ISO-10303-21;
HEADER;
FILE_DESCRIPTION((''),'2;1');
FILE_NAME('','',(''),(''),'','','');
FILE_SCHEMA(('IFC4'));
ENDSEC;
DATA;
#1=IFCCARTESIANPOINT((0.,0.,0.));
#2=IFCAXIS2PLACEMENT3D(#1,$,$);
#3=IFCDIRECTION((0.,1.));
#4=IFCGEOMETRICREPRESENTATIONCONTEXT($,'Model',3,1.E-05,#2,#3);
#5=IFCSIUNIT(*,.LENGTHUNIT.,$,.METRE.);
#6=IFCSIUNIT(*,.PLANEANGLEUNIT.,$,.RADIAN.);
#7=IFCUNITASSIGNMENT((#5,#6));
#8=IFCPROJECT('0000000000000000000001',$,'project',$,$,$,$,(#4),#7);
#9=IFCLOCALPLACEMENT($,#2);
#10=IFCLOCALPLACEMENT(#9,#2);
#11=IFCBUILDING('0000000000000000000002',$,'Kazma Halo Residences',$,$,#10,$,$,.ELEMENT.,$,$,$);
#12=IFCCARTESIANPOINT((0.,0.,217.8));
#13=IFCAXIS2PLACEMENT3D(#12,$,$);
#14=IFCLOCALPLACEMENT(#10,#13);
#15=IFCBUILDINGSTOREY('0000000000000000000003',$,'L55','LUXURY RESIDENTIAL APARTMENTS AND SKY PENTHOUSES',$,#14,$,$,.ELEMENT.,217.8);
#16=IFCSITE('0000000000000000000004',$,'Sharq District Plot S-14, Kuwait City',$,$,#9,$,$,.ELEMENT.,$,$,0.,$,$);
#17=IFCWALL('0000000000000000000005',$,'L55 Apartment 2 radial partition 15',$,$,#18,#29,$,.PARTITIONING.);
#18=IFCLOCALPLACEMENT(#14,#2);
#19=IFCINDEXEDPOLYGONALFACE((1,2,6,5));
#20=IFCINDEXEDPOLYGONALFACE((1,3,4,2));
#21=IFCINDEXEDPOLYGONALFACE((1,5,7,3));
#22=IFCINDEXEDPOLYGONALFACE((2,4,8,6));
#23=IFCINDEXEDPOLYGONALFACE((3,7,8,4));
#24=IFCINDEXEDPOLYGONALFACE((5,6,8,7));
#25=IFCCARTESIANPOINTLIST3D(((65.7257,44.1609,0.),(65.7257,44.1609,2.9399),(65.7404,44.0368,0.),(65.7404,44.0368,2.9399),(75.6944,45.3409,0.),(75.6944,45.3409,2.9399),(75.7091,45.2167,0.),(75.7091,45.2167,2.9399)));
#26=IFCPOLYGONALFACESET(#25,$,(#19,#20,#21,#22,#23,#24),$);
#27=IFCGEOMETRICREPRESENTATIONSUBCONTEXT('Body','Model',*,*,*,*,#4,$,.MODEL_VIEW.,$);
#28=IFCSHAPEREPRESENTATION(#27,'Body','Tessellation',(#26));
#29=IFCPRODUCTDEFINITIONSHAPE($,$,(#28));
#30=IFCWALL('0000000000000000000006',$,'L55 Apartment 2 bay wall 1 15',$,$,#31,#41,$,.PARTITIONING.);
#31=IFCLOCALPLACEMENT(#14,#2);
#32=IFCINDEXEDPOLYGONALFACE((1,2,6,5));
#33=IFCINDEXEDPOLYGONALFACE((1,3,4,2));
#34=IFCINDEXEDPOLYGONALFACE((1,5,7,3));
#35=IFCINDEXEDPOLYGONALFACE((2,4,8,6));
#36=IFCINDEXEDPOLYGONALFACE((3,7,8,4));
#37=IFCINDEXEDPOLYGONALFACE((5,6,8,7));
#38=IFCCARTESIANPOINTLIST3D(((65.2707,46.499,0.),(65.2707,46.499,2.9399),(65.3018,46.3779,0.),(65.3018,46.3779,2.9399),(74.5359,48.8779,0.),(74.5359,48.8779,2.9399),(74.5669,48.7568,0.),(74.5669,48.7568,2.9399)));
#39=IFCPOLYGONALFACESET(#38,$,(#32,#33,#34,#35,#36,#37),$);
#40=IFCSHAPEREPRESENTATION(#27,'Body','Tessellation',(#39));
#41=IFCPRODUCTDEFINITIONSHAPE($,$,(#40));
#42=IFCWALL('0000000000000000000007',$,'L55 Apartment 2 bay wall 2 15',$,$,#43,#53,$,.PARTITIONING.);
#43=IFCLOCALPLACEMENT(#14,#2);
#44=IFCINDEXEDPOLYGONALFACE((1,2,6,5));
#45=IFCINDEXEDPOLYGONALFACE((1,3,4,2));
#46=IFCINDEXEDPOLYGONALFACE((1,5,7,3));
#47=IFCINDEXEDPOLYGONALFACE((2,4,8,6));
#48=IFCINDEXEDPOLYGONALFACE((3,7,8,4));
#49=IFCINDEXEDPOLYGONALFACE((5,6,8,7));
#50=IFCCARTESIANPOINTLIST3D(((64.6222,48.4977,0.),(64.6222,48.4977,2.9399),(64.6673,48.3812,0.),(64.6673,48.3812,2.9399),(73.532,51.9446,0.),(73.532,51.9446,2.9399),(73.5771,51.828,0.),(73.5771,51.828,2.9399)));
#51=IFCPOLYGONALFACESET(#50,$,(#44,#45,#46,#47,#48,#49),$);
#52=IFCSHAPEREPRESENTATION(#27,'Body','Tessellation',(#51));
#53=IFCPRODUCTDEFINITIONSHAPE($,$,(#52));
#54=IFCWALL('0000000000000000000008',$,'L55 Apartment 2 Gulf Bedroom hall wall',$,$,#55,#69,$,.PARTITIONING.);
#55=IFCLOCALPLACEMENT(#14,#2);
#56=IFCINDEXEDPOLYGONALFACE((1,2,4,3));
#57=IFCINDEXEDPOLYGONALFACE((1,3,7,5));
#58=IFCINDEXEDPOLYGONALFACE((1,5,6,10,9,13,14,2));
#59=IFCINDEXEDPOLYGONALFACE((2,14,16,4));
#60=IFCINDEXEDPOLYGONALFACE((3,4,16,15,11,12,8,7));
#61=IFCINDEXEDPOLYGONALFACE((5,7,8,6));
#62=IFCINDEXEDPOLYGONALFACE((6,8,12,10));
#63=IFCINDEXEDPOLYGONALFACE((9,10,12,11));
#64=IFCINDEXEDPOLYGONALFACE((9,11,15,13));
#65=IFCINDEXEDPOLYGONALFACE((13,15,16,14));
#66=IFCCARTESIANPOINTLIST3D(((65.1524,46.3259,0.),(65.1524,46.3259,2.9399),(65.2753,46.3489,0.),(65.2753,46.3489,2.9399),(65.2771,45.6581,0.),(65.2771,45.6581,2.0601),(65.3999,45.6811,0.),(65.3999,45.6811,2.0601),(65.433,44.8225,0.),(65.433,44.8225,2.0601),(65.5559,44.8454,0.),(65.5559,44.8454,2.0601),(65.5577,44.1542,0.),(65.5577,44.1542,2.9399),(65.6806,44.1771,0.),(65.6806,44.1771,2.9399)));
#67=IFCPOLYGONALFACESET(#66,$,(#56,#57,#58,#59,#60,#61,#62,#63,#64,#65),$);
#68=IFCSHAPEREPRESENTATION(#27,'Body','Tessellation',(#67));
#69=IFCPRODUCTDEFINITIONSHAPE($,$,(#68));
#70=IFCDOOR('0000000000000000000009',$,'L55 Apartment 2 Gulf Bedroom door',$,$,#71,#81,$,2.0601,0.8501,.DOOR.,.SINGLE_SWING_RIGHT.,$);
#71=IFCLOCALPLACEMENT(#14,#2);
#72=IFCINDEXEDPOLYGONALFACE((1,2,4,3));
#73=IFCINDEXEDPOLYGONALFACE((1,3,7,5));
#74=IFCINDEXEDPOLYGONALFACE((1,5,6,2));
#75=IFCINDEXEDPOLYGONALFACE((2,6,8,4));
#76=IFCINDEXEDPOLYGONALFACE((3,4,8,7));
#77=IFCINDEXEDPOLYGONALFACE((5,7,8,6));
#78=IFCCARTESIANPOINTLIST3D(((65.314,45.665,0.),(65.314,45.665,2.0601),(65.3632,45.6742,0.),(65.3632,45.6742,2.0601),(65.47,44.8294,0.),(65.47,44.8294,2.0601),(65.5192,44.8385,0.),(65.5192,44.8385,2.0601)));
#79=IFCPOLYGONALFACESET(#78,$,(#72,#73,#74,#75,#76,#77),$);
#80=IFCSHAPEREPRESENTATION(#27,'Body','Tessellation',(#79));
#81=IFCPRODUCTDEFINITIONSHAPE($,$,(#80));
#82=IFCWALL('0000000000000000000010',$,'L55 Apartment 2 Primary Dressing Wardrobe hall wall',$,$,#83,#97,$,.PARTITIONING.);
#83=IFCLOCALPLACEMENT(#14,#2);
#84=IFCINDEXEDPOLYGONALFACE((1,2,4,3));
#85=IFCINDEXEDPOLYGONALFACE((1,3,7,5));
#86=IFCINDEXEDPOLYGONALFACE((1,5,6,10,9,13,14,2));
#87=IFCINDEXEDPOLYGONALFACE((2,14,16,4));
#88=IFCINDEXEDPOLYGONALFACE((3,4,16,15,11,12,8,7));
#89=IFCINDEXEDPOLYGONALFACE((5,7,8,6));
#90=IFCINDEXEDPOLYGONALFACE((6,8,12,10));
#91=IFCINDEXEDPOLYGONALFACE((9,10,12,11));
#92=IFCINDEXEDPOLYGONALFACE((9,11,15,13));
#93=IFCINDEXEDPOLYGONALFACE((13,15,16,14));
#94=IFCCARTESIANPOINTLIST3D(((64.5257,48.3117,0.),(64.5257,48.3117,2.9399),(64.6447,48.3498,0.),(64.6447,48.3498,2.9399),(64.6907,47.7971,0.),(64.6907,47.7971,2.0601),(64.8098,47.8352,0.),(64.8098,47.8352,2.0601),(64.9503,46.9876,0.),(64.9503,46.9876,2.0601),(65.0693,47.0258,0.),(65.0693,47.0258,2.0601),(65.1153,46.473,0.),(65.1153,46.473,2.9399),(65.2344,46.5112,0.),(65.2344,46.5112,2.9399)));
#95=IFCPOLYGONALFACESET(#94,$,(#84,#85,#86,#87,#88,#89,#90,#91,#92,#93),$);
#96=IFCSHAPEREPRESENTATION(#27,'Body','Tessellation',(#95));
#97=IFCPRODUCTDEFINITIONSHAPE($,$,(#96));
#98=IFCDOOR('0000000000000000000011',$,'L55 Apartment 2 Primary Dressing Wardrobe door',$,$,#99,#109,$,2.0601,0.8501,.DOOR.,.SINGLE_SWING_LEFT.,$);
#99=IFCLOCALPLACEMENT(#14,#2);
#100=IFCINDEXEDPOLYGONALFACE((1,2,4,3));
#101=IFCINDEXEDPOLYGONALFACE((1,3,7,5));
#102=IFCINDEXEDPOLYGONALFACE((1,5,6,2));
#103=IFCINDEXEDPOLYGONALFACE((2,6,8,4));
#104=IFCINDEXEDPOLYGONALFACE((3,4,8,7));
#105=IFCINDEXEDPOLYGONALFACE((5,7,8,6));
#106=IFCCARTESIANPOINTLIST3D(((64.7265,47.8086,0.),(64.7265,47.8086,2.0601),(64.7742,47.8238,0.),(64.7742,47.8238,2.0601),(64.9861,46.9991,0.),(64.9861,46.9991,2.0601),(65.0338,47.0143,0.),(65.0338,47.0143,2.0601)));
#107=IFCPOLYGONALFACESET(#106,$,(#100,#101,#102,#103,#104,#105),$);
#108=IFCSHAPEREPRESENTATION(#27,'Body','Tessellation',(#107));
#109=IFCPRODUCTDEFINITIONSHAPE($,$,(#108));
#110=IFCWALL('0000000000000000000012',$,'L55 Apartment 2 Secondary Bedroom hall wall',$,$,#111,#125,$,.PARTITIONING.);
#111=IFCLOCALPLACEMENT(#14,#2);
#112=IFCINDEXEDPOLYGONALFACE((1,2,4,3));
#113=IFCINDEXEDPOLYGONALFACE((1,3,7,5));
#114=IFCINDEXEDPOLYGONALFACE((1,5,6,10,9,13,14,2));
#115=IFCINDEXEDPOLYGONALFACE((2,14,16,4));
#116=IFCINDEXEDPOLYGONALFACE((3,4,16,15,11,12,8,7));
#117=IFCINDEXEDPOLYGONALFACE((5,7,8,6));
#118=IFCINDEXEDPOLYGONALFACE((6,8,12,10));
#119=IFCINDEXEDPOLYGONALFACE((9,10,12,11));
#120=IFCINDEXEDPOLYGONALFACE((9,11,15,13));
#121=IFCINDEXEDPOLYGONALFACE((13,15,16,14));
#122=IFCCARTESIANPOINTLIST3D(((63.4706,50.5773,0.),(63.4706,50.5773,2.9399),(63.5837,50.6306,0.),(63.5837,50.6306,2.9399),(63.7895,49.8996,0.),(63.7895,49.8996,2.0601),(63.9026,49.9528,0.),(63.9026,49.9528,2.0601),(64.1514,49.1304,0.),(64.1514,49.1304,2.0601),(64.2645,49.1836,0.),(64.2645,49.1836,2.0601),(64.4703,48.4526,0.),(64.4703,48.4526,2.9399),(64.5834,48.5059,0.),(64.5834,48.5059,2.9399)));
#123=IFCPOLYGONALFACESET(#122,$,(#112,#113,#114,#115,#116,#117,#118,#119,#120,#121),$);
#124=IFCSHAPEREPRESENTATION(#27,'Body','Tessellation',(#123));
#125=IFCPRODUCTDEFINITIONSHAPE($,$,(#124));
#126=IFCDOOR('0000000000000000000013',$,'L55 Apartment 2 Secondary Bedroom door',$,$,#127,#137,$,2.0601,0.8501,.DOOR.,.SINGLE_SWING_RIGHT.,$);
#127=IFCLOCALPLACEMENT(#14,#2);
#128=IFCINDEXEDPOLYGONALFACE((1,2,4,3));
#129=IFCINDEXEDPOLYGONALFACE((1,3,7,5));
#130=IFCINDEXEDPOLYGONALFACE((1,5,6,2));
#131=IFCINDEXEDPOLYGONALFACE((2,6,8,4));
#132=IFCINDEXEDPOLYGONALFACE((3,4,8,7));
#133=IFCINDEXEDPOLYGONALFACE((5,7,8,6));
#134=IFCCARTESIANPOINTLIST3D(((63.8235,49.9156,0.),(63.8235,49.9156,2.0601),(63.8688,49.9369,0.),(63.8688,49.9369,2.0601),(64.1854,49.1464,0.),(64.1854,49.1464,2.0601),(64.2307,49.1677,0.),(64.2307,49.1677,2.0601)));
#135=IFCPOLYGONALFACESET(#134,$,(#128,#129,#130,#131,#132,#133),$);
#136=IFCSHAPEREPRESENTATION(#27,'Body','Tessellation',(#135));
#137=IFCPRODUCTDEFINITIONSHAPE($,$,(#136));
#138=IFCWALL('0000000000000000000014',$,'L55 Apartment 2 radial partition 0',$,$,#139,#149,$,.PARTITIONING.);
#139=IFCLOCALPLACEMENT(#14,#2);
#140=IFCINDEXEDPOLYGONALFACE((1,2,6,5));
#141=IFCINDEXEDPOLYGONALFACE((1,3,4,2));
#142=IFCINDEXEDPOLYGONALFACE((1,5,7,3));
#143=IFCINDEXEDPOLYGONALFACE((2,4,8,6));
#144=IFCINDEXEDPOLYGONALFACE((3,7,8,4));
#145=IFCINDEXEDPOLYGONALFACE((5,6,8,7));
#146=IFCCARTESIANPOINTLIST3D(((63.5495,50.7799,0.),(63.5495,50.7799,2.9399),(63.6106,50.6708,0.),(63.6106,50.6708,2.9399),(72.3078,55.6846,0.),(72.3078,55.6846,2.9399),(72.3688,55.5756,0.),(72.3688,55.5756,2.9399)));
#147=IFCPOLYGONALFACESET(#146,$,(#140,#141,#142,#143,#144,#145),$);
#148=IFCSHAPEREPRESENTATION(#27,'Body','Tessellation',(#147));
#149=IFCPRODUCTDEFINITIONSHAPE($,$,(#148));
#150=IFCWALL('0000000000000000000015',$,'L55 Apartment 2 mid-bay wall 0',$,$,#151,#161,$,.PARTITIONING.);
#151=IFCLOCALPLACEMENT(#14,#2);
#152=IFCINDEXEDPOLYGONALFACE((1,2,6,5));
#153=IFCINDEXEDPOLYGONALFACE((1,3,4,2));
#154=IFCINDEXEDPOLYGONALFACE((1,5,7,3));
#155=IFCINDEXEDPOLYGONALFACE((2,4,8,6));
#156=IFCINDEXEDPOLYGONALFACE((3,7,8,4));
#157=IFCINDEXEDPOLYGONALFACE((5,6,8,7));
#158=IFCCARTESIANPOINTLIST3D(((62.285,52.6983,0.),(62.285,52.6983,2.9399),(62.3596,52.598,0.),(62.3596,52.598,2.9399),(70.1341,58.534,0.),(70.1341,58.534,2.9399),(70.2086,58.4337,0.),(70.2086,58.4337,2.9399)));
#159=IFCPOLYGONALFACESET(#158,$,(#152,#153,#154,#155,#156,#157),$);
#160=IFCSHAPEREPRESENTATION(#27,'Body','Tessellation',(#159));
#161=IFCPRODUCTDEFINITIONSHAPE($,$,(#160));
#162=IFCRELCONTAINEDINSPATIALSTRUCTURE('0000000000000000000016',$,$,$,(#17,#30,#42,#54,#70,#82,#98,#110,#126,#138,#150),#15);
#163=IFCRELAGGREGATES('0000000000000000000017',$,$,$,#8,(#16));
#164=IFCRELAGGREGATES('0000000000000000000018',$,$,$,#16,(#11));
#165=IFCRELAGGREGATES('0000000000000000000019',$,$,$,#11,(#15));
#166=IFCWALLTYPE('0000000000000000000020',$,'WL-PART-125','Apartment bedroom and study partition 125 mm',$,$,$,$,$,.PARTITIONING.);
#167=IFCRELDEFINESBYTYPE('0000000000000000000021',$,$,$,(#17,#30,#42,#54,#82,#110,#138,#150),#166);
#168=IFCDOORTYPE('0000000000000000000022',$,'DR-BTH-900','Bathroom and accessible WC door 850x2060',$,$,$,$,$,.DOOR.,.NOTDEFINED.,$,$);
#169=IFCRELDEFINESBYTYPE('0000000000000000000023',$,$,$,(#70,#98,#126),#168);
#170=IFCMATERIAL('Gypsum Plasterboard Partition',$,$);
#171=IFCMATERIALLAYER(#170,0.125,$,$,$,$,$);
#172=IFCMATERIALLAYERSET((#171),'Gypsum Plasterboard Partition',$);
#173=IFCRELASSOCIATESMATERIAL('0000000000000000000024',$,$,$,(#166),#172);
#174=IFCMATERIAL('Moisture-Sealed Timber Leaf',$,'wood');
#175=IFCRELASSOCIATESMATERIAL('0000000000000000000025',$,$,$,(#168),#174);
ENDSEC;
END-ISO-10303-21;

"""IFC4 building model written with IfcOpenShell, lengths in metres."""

from ifc_helpers import new_model, si_unit, direction, frame, frame_2d, origin, place, context, subcontext, project, spatial, rectangle, extrude, material, layer, layer_set, type_object, element, fill, save


model = new_model("IFC4")

# Units and contexts
model_context = context("Model", 3, precision=1e-05, world=origin(), true_north=direction((0.0, 1.0)))
body_context = subcontext(model_context, "Body", "Model", "MODEL_VIEW")
ifc_project = project(units=[si_unit("LENGTHUNIT", "METRE"), si_unit("PLANEANGLEUNIT", "RADIAN")], contexts=[model_context])

# Site, building, storey
site_placement = place(None, origin())
site = spatial("IfcSite", under=ifc_project, at=site_placement, Name="Sharq District Plot S-14, Kuwait City", CompositionType="ELEMENT", RefElevation=0.0)
building_placement = place(site_placement, origin())
building = spatial("IfcBuilding", under=site, at=building_placement, Name="Kazma Halo Residences", CompositionType="ELEMENT")
storey_placement = place(building_placement, frame((0.0, 0.0, 217.8)))
storey = spatial("IfcBuildingStorey", under=building, at=storey_placement, Name="L55", Description="LUXURY RESIDENTIAL APARTMENTS AND SKY PENTHOUSES", CompositionType="ELEMENT", Elevation=217.8)

# Walls
ifc_material_1 = material(Name="Gypsum Plasterboard Partition")
ifc_layer_1 = layer(ifc_material_1, 0.125)
ifc_layer_set_1 = layer_set([ifc_layer_1], Name="Gypsum Plasterboard Partition")
wall_type_1 = type_object("IfcWallType", Name="WL-PART-125", Description="Apartment bedroom and study partition 125 mm", PredefinedType="PARTITIONING", material=ifc_layer_set_1)
wall_1_placement = place(storey_placement, frame((65.7332, 44.0989, 0.0), z_axis=(0.0, 0.0, 1.0), x_axis=(0.993068, 0.117543, 0.0)))
element("IfcWall", 1, at=wall_1_placement, inside=storey, type_object=wall_type_1, Name="L55 Apartment 2 radial partition 15", PredefinedType="PARTITIONING", context=body_context, shape_type="SweptSolid", body=[
    extrude(rectangle(XDim=10.0383, YDim=0.125, at=frame_2d((5.019, 0.0))), origin(), (0.0, 0.0, 1.0), 2.9399),
])
wall_2_placement = place(storey_placement, frame((65.2864, 46.4385, 0.0), z_axis=(0.0, 0.0, 1.0), x_axis=(0.968583, 0.248692, 0.0)))
element("IfcWall", 2, at=wall_2_placement, inside=storey, type_object=wall_type_1, Name="L55 Apartment 2 bay wall 1 15", PredefinedType="PARTITIONING", context=body_context, shape_type="SweptSolid", body=[
    extrude(rectangle(XDim=9.5657, YDim=0.125, at=frame_2d((4.7827, 0.0))), origin(), (0.0, 0.0, 1.0), 2.9399),
])
wall_3_placement = place(storey_placement, frame((64.6448, 48.4395, 0.0), z_axis=(0.0, 0.0, 1.0), x_axis=(0.932643, 0.360801, 0.0)))
element("IfcWall", 3, at=wall_3_placement, inside=storey, type_object=wall_type_1, Name="L55 Apartment 2 bay wall 2 15", PredefinedType="PARTITIONING", context=body_context, shape_type="SweptSolid", body=[
    extrude(rectangle(XDim=9.5532, YDim=0.125, at=frame_2d((4.7766, 0.0))), origin(), (0.0, 0.0, 1.0), 2.9399),
])

# Walls, openings, doors
wall_4_placement = place(storey_placement, frame((65.6191, 44.1658, 0.0), z_axis=(0.0, 0.0, 1.0), x_axis=(-0.183454, 0.983028, 0.0)))
wall_4 = element("IfcWall", 4, at=wall_4_placement, inside=storey, type_object=wall_type_1, Name="L55 Apartment 2 Gulf Bedroom hall wall", PredefinedType="PARTITIONING", context=body_context, shape_type="SweptSolid", body=[
    extrude(rectangle(XDim=2.2092, YDim=0.125, at=frame_2d((1.1045, 0.0))), origin(), (0.0, 0.0, 1.0), 2.9399),
])
opening_1_placement = place(wall_4_placement, frame((0.6797, 0.0, 0.0)))
opening_1 = element("IfcOpeningElement", 5, at=opening_1_placement, cuts=wall_4, PredefinedType="OPENING", context=body_context, shape_type="SweptSolid", body=[
    extrude(rectangle(XDim=0.8501, YDim=2.0601, at=frame_2d((0.425, 1.03))), frame((0.0, 0.0725, 0.0), z_axis=(0.0, -1.0, 0.0), x_axis=(1.0, 0.0, 0.0)), (0.0, 0.0, 1.0), 0.145),
])
ifc_material_2 = material(Name="Moisture-Sealed Timber Leaf", Category="wood")
door_type_1 = type_object("IfcDoorType", Name="DR-BTH-900", Description="Bathroom and accessible WC door 850x2060", OperationType="NOTDEFINED", PredefinedType="DOOR", material=ifc_material_2)
door_1_placement = place(opening_1_placement, origin())
door_1 = element("IfcDoor", 6, at=door_1_placement, inside=storey, type_object=door_type_1, Name="L55 Apartment 2 Gulf Bedroom door", OperationType="SINGLE_SWING_RIGHT", OverallHeight=2.0601, OverallWidth=0.8501, PredefinedType="DOOR", context=body_context, shape_type="SweptSolid", body=[
    extrude(rectangle(XDim=0.8501, YDim=2.0601, at=frame_2d((0.425, 1.03))), frame((0.0, 0.0249, 0.0), z_axis=(0.0, -1.0, 0.0), x_axis=(1.0, 0.0, 0.0)), (0.0, 0.0, 1.0), 0.05),
])
fill(opening_1, door_1)
wall_5_placement = place(storey_placement, frame((65.1748, 46.4922, 0.0), z_axis=(0.0, 0.0, 1.0), x_axis=(-0.305358, 0.952238, 0.0)))
wall_5 = element("IfcWall", 7, at=wall_5_placement, inside=storey, type_object=wall_type_1, Name="L55 Apartment 2 Primary Dressing Wardrobe hall wall", PredefinedType="PARTITIONING", context=body_context, shape_type="SweptSolid", body=[
    extrude(rectangle(XDim=1.9309, YDim=0.125, at=frame_2d((0.9653, 0.0))), origin(), (0.0, 0.0, 1.0), 2.9399),
])
opening_2_placement = place(wall_5_placement, frame((0.5403, 0.0, 0.0)))
opening_2 = element("IfcOpeningElement", 8, at=opening_2_placement, cuts=wall_5, PredefinedType="OPENING", context=body_context, shape_type="SweptSolid", body=[
    extrude(rectangle(XDim=0.8501, YDim=2.0601, at=frame_2d((0.425, 1.03))), frame((0.0, 0.0725, 0.0), z_axis=(0.0, -1.0, 0.0), x_axis=(1.0, 0.0, 0.0)), (0.0, 0.0, 1.0), 0.145),
])
door_2_placement = place(opening_2_placement, origin())
door_2 = element("IfcDoor", 9, at=door_2_placement, inside=storey, type_object=door_type_1, Name="L55 Apartment 2 Primary Dressing Wardrobe door", OperationType="SINGLE_SWING_LEFT", OverallHeight=2.0601, OverallWidth=0.8501, PredefinedType="DOOR", context=body_context, shape_type="SweptSolid", body=[
    extrude(rectangle(XDim=0.8501, YDim=2.0601, at=frame_2d((0.425, 1.03))), frame((0.0, 0.0249, 0.0), z_axis=(0.0, -1.0, 0.0), x_axis=(1.0, 0.0, 0.0)), (0.0, 0.0, 1.0), 0.05),
])
fill(opening_2, door_2)
wall_6_placement = place(storey_placement, frame((64.5269, 48.4792, 0.0), z_axis=(0.0, 0.0, 1.0), x_axis=(-0.425752, 0.90484, 0.0)))
wall_6 = element("IfcWall", 10, at=wall_6_placement, inside=storey, type_object=wall_type_1, Name="L55 Apartment 2 Secondary Bedroom hall wall", PredefinedType="PARTITIONING", context=body_context, shape_type="SweptSolid", body=[
    extrude(rectangle(XDim=2.3481, YDim=0.125, at=frame_2d((1.1741, 0.0))), origin(), (0.0, 0.0, 1.0), 2.9399),
])
opening_3_placement = place(wall_6_placement, frame((0.749, 0.0, 0.0)))
opening_3 = element("IfcOpeningElement", 11, at=opening_3_placement, cuts=wall_6, PredefinedType="OPENING", context=body_context, shape_type="SweptSolid", body=[
    extrude(rectangle(XDim=0.8501, YDim=2.0601, at=frame_2d((0.425, 1.03))), frame((0.0, 0.0725, 0.0), z_axis=(0.0, -1.0, 0.0), x_axis=(1.0, 0.0, 0.0)), (0.0, 0.0, 1.0), 0.145),
])
door_3_placement = place(opening_3_placement, origin())
door_3 = element("IfcDoor", 12, at=door_3_placement, inside=storey, type_object=door_type_1, Name="L55 Apartment 2 Secondary Bedroom door", OperationType="SINGLE_SWING_RIGHT", OverallHeight=2.0601, OverallWidth=0.8501, PredefinedType="DOOR", context=body_context, shape_type="SweptSolid", body=[
    extrude(rectangle(XDim=0.8501, YDim=2.0601, at=frame_2d((0.425, 1.03))), frame((0.0, 0.0249, 0.0), z_axis=(0.0, -1.0, 0.0), x_axis=(1.0, 0.0, 0.0)), (0.0, 0.0, 1.0), 0.05),
])
fill(opening_3, door_3)

# Walls
wall_7_placement = place(storey_placement, frame((63.5801, 50.7253, 0.0), z_axis=(0.0, 0.0, 1.0), x_axis=(0.8725, 0.488614, 0.0)))
element("IfcWall", 13, at=wall_7_placement, inside=storey, type_object=wall_type_1, Name="L55 Apartment 2 radial partition 0", PredefinedType="PARTITIONING", context=body_context, shape_type="SweptSolid", body=[
    extrude(rectangle(XDim=10.0381, YDim=0.125, at=frame_2d((5.019, 0.0))), origin(), (0.0, 0.0, 1.0), 2.9399),
])
wall_8_placement = place(storey_placement, frame((62.3223, 52.6482, 0.0), z_axis=(0.0, 0.0, 1.0), x_axis=(0.802503, 0.596648, 0.0)))
element("IfcWall", 14, at=wall_8_placement, inside=storey, type_object=wall_type_1, Name="L55 Apartment 2 mid-bay wall 0", PredefinedType="PARTITIONING", context=body_context, shape_type="SweptSolid", body=[
    extrude(rectangle(XDim=9.7808, YDim=0.125, at=frame_2d((4.8904, 0.0))), origin(), (0.0, 0.0, 1.0), 2.9399),
])

save(model, "model.ifc")
